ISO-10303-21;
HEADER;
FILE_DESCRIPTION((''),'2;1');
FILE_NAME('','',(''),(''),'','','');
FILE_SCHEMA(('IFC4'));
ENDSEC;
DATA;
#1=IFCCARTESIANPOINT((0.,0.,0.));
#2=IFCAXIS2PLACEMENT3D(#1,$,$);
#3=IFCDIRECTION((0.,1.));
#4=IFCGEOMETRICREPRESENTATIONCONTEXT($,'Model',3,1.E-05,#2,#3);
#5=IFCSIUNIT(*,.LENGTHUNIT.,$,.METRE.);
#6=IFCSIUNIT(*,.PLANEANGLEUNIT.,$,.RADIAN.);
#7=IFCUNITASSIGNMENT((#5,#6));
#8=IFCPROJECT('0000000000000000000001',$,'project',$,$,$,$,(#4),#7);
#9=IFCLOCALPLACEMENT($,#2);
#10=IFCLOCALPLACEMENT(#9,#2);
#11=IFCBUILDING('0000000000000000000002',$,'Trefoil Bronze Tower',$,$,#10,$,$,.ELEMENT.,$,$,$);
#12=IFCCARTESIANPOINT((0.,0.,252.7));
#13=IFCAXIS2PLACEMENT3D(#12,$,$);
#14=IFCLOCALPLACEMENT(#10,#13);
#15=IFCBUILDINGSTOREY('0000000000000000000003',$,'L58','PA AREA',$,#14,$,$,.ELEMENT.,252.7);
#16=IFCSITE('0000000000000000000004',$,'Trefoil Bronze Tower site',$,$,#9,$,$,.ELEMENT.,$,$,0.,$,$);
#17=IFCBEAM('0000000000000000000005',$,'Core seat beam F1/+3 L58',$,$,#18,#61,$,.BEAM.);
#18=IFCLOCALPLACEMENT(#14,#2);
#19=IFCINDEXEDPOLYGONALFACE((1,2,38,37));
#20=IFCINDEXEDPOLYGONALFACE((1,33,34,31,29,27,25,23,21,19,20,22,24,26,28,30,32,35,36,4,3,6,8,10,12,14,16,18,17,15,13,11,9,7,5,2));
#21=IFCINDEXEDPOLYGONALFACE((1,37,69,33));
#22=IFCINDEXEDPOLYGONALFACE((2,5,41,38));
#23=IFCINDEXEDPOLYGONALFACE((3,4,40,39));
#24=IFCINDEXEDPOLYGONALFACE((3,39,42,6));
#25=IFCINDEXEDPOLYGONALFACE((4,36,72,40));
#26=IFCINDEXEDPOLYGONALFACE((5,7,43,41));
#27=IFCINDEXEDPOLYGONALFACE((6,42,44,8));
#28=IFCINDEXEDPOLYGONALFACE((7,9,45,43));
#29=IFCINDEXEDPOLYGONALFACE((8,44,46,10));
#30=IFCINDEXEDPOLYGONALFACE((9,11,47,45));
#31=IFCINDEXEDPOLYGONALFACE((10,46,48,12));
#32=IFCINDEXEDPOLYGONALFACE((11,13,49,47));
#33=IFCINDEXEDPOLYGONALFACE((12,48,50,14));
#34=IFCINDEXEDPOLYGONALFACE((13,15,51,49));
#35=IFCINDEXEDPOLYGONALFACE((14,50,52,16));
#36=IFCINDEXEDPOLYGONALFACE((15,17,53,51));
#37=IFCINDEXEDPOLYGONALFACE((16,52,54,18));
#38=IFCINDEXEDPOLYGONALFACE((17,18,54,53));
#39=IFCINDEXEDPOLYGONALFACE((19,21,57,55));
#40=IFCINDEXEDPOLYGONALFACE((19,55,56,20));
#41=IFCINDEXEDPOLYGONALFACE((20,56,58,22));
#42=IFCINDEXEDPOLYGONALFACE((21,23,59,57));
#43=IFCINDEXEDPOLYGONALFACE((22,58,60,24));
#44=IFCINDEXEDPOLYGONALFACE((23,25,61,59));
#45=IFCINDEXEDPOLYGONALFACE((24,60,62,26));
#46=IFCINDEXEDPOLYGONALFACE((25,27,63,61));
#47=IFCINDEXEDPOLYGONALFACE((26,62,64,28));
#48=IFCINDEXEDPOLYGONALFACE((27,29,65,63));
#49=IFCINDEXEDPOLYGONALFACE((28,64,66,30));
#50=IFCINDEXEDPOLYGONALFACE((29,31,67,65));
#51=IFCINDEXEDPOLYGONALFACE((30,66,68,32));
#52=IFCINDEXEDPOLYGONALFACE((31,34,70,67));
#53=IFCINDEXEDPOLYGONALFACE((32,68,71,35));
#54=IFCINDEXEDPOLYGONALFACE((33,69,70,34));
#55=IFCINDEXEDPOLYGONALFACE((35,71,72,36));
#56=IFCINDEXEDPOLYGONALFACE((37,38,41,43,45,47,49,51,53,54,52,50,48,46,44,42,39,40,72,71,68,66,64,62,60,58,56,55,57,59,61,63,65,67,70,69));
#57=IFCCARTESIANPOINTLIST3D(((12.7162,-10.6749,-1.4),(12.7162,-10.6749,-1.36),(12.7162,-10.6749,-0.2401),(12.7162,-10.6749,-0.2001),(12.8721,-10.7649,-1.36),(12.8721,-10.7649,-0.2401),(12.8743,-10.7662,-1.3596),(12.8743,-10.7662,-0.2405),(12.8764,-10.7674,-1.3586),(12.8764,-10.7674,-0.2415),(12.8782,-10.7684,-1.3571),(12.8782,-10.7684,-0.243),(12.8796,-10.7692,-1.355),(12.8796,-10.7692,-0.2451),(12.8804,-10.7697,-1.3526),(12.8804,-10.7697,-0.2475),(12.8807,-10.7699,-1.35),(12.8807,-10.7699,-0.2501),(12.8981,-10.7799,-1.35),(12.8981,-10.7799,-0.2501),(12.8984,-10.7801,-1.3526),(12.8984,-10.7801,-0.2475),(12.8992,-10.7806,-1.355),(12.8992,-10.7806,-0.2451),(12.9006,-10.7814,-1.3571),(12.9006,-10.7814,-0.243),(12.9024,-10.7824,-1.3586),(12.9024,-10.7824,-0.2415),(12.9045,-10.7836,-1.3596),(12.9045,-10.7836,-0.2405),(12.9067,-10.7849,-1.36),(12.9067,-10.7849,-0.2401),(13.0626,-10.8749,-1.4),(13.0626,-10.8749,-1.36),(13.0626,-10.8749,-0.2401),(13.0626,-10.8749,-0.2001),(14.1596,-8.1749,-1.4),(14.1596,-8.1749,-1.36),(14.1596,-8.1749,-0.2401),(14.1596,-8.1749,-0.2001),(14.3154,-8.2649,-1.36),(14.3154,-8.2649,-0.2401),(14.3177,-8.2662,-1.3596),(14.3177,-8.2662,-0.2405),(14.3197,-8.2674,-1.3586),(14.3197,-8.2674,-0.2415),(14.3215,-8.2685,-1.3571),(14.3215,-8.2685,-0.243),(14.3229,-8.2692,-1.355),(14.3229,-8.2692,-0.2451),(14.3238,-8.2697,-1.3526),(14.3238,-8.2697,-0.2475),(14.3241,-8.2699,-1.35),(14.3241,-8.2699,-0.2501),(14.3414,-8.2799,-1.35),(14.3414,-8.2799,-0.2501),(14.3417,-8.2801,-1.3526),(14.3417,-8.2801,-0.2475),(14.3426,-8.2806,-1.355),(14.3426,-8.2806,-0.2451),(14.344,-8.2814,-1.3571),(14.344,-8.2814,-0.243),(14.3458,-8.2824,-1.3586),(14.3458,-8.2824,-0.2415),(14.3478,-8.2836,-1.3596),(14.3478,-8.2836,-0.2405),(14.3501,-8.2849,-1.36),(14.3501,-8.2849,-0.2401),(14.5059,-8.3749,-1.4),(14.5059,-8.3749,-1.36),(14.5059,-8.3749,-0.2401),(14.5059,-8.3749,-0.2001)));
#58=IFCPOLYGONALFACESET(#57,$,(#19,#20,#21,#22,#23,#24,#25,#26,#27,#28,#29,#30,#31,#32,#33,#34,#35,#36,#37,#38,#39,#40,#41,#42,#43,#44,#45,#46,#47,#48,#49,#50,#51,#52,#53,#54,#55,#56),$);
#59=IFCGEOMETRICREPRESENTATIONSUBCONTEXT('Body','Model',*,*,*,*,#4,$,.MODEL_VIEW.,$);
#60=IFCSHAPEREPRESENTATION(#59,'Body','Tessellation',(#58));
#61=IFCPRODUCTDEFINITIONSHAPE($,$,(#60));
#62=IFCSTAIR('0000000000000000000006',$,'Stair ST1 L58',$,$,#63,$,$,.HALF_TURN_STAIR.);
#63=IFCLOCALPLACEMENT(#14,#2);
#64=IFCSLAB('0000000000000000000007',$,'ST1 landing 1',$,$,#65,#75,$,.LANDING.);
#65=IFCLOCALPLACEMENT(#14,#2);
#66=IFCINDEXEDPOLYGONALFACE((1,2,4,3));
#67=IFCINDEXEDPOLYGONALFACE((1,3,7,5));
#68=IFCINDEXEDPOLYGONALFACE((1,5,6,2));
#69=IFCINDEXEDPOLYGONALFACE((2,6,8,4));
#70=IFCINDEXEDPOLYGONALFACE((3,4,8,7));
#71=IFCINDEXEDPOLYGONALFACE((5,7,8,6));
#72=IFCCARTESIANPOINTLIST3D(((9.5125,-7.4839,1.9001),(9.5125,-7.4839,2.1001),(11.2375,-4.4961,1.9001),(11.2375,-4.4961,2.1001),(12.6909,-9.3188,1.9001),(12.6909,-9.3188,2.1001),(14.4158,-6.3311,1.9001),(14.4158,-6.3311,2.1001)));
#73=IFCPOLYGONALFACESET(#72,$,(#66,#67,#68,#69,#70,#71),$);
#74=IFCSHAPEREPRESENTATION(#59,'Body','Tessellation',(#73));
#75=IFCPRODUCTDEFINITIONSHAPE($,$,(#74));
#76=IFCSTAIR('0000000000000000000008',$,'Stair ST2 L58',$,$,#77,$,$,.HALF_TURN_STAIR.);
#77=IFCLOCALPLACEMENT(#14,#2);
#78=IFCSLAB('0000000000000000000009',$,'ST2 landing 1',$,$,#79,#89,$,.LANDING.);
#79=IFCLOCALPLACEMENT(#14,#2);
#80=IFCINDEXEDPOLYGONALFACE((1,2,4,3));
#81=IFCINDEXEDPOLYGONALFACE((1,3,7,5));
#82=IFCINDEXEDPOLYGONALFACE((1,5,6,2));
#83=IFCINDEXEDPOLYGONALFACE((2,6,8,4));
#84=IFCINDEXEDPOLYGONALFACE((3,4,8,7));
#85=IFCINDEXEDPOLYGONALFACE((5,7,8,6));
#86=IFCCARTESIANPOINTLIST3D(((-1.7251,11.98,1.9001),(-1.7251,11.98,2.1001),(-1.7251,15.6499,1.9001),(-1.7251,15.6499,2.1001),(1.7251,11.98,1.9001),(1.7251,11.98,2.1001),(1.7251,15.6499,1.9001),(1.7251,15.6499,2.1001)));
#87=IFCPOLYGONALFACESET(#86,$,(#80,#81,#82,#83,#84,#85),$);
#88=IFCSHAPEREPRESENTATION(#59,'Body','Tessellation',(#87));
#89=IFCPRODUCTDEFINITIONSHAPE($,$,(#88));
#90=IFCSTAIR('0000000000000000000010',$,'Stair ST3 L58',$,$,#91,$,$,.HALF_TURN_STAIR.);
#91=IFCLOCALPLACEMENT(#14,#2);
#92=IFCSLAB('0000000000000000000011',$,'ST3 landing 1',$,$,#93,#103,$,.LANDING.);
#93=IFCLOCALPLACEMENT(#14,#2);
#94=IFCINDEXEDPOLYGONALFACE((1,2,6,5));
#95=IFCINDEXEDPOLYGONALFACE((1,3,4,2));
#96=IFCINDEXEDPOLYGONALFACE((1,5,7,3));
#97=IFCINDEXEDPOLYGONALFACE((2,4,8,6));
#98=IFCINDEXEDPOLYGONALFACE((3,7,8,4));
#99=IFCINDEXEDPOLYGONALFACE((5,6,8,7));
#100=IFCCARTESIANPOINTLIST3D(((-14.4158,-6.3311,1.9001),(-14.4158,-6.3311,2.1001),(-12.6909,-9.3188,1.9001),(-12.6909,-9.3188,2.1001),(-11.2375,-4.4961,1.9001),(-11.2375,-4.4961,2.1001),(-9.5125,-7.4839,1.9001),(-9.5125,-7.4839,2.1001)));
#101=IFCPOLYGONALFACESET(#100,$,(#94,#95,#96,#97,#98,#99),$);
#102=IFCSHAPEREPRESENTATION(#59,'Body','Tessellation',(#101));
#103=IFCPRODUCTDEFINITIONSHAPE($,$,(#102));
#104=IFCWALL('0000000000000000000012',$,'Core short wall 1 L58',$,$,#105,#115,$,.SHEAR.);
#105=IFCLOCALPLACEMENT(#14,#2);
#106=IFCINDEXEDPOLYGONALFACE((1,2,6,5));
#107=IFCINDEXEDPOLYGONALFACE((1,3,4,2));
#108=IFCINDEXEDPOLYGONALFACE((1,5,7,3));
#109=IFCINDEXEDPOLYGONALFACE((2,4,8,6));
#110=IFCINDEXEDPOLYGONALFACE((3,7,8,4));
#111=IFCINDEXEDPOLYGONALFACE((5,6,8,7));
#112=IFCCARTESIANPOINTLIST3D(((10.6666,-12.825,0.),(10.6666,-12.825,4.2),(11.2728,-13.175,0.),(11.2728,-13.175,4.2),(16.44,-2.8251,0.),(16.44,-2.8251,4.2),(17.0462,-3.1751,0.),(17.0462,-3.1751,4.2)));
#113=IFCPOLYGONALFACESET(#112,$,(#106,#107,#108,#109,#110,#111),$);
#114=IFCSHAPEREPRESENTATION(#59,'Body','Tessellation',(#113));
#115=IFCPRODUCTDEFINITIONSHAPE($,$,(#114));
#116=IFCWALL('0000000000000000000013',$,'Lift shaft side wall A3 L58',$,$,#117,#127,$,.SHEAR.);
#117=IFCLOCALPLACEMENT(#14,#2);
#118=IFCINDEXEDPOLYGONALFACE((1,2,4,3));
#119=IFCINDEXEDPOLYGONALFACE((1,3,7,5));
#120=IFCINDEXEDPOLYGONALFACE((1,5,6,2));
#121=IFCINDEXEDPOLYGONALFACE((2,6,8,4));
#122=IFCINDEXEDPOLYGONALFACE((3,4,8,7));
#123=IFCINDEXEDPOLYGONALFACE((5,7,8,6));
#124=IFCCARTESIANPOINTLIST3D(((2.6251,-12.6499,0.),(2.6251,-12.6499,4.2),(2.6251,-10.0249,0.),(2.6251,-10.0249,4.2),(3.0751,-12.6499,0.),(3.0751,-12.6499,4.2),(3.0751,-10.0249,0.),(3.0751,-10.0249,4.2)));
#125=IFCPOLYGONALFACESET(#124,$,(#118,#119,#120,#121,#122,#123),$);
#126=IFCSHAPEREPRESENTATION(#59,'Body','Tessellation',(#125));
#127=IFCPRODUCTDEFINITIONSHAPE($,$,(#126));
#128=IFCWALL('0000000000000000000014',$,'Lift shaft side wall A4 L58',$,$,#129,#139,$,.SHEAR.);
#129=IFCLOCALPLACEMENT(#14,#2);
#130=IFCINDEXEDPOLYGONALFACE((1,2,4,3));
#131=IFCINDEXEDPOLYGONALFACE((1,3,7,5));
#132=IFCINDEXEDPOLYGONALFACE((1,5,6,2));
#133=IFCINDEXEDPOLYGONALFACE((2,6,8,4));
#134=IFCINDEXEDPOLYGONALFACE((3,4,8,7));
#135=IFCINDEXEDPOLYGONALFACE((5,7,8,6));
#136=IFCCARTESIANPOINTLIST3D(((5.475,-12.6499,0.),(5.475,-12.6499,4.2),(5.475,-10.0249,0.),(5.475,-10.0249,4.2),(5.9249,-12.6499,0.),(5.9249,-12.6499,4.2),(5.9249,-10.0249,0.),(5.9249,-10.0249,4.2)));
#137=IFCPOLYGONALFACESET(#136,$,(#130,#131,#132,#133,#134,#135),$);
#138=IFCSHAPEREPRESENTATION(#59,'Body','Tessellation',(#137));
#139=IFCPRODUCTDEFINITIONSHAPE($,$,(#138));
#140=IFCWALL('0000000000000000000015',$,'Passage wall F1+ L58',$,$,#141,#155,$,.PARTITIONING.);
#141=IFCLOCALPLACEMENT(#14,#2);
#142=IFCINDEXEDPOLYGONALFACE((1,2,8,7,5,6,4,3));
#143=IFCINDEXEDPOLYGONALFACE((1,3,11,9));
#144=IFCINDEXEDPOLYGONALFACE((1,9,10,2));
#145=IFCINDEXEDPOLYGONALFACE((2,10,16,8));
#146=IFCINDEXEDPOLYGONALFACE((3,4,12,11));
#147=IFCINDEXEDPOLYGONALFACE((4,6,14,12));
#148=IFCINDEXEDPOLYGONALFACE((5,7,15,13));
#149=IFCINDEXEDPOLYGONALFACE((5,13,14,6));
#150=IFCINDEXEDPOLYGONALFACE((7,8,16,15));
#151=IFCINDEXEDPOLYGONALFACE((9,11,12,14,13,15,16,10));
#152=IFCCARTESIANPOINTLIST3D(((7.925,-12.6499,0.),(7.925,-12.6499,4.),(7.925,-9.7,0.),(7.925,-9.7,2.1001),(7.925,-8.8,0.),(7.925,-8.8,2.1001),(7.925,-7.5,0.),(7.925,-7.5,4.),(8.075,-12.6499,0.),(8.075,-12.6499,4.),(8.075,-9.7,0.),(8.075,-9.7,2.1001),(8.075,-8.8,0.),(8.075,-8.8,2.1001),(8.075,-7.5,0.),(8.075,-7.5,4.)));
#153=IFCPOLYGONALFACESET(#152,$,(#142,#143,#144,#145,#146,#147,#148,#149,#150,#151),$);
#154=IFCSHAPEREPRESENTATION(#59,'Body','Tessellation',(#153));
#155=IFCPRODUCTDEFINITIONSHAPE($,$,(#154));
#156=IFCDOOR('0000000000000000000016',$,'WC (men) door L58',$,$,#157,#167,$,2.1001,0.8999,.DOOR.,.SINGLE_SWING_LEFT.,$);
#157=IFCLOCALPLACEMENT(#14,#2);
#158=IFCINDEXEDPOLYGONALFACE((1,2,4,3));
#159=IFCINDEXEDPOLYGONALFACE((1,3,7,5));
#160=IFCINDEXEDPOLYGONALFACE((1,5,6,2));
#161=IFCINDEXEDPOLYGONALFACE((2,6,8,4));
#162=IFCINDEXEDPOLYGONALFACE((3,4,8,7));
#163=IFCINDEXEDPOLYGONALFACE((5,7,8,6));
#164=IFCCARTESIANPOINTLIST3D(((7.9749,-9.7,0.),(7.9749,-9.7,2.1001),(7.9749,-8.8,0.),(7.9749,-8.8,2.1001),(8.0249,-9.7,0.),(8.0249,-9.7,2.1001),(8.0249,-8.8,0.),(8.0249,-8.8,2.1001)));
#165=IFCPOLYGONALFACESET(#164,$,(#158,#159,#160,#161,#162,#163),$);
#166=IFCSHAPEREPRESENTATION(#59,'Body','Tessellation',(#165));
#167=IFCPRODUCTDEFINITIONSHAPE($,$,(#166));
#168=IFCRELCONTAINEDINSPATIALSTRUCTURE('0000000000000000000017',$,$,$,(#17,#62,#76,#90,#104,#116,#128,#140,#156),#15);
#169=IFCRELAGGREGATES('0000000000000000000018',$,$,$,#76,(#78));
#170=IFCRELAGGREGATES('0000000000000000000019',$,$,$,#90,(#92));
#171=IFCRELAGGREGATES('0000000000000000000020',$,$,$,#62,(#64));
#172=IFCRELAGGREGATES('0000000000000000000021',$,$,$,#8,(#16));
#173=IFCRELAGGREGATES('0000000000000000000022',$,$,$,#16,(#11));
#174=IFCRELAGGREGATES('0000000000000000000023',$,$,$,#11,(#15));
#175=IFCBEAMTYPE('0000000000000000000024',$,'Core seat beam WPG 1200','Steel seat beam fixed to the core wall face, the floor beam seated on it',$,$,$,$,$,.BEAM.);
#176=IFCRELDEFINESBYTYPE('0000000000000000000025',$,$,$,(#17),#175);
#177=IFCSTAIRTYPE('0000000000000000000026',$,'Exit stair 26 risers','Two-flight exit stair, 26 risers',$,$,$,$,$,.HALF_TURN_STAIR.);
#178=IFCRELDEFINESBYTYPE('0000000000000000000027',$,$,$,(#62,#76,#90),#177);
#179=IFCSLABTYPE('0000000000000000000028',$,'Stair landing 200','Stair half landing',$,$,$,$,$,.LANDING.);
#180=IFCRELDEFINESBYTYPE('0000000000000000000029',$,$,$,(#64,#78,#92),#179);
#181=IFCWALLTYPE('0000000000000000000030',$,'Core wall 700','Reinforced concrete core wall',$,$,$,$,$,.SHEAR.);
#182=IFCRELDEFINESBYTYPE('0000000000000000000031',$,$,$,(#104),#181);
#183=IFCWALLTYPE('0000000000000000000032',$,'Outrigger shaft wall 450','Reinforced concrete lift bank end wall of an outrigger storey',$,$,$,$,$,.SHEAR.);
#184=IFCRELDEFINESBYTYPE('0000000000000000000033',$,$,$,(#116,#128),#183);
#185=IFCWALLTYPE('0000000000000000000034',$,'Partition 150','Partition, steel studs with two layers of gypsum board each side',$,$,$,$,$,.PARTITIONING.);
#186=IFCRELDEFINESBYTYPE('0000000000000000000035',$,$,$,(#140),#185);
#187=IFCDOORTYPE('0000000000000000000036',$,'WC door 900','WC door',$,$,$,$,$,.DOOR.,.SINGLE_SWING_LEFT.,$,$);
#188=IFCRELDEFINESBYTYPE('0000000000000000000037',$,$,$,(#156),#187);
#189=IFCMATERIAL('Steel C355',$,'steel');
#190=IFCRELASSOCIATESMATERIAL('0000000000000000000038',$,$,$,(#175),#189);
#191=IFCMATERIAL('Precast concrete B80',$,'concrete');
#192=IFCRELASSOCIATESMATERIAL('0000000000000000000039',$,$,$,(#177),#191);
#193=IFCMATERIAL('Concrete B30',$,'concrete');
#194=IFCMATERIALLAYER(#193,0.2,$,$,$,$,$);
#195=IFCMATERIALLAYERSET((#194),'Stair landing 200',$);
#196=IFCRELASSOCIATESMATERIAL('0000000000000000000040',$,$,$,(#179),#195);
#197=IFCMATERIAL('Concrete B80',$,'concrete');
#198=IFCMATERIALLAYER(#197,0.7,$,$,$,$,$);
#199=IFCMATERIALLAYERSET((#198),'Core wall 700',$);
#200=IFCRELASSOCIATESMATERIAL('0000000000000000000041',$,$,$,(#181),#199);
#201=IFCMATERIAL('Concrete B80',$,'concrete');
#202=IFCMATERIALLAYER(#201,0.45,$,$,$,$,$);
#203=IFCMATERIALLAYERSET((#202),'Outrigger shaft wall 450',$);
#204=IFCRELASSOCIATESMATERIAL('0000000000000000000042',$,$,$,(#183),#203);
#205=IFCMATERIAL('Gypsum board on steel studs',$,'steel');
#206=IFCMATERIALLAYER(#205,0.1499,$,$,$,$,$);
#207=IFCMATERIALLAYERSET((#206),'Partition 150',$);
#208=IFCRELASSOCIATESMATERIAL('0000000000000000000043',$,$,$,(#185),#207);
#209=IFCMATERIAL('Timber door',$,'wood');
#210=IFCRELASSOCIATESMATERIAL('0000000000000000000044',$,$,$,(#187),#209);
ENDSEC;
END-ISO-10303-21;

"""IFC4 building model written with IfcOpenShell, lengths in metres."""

from ifc_helpers import new_model, si_unit, direction, frame, frame_2d, origin, origin_2d, place, context, subcontext, project, spatial, polyline, rectangle, i_section, outline, extrude, material, layer, layer_set, material_profile, profile_set, type_object, element, fill, aggregate, save


model = new_model("IFC4")

# Units and contexts
model_context = context("Model", 3, precision=1e-05, world=origin(), true_north=direction((0.0, 1.0)))
body_context = subcontext(model_context, "Body", "Model", "MODEL_VIEW")
ifc_project = project(units=[si_unit("LENGTHUNIT", "METRE"), si_unit("PLANEANGLEUNIT", "RADIAN")], contexts=[model_context])

# Site, building, storey
site_placement = place(None, origin())
site = spatial("IfcSite", under=ifc_project, at=site_placement, Name="Trefoil Bronze Tower site", CompositionType="ELEMENT", RefElevation=0.0)
building_placement = place(site_placement, origin())
building = spatial("IfcBuilding", under=site, at=building_placement, Name="Trefoil Bronze Tower", CompositionType="ELEMENT")
storey_placement = place(building_placement, frame((0.0, 0.0, 252.7)))
storey = spatial("IfcBuildingStorey", under=building, at=storey_placement, Name="L58", Description="PA AREA", CompositionType="ELEMENT", Elevation=252.7)

# Beam
ifc_material_1 = material(Name="Steel C355", Category="steel")
ifc_material_profile = material_profile(ifc_material_1, i_section(OverallWidth=0.3999, OverallDepth=1.2, WebThickness=0.02, FlangeThickness=0.04, FilletRadius=0.01, at=origin_2d()), Name="WPG 1200")
ifc_profile_set = profile_set([ifc_material_profile], Name="Steel C355")
beam_type = type_object("IfcBeamType", Name="Core seat beam WPG 1200", Description="Steel seat beam fixed to the core wall face, the floor beam seated on it", PredefinedType="BEAM", material=ifc_profile_set)
beam_placement = place(storey_placement, frame((12.8894, -10.7749, -0.8), z_axis=(0.499996, 0.866028, 0.0), x_axis=(-0.866028, 0.499996, 0.0)))
element("IfcBeam", 1, at=beam_placement, inside=storey, type_object=beam_type, Name="Core seat beam F1/+3 L58", PredefinedType="BEAM", context=body_context, shape_type="SweptSolid", body=[
    extrude(i_section(OverallWidth=0.3999, OverallDepth=1.2, WebThickness=0.02, FlangeThickness=0.04, FilletRadius=0.01, at=origin_2d()), origin(), (0.0, 0.0, 1.0), 2.8867),
])

# Stairs, slabs
ifc_material_2 = material(Name="Precast concrete B80", Category="concrete")
stair_type = type_object("IfcStairType", Name="Exit stair 26 risers", Description="Two-flight exit stair, 26 risers", PredefinedType="HALF_TURN_STAIR", material=ifc_material_2)
stair_1_placement = place(storey_placement, origin())
stair_1 = element("IfcStair", 2, at=stair_1_placement, inside=storey, type_object=stair_type, Name="Stair ST1 L58", PredefinedType="HALF_TURN_STAIR")
ifc_material_3 = material(Name="Concrete B30", Category="concrete")
ifc_layer_1 = layer(ifc_material_3, 0.2)
ifc_layer_set_1 = layer_set([ifc_layer_1], Name="Stair landing 200")
slab_type = type_object("IfcSlabType", Name="Stair landing 200", Description="Stair half landing", PredefinedType="LANDING", material=ifc_layer_set_1)
slab_1_placement = place(storey_placement, frame((0.0, 0.0, 1.9001)))
slab_1 = element("IfcSlab", 3, at=slab_1_placement, type_object=slab_type, Name="ST1 landing 1", PredefinedType="LANDING", context=body_context, shape_type="SweptSolid", body=[
    extrude(outline(polyline([(9.5125, -7.4839), (12.6909, -9.3188), (14.4158, -6.3311), (11.2375, -4.4961), (9.5125, -7.4839)])), origin(), (0.0, 0.0, 1.0), 0.2),
])
stair_2_placement = place(storey_placement, origin())
stair_2 = element("IfcStair", 4, at=stair_2_placement, inside=storey, type_object=stair_type, Name="Stair ST2 L58", PredefinedType="HALF_TURN_STAIR")
slab_2_placement = place(storey_placement, frame((0.0, 0.0, 1.9001)))
slab_2 = element("IfcSlab", 5, at=slab_2_placement, type_object=slab_type, Name="ST2 landing 1", PredefinedType="LANDING", context=body_context, shape_type="SweptSolid", body=[
    extrude(outline(polyline([(1.7251, 11.98), (1.7251, 15.6499), (-1.7251, 15.6499), (-1.7251, 11.98), (1.7251, 11.98)])), origin(), (0.0, 0.0, 1.0), 0.2),
])
aggregate(stair_2, [slab_2])
stair_3_placement = place(storey_placement, origin())
stair_3 = element("IfcStair", 6, at=stair_3_placement, inside=storey, type_object=stair_type, Name="Stair ST3 L58", PredefinedType="HALF_TURN_STAIR")
slab_3_placement = place(storey_placement, frame((0.0, 0.0, 1.9001)))
slab_3 = element("IfcSlab", 7, at=slab_3_placement, type_object=slab_type, Name="ST3 landing 1", PredefinedType="LANDING", context=body_context, shape_type="SweptSolid", body=[
    extrude(outline(polyline([(-11.2375, -4.4961), (-14.4158, -6.3311), (-12.6909, -9.3188), (-9.5125, -7.4839), (-11.2375, -4.4961)])), origin(), (0.0, 0.0, 1.0), 0.2),
])
aggregate(stair_3, [slab_3])

# Walls
ifc_material_4 = material(Name="Concrete B80", Category="concrete")
ifc_layer_2 = layer(ifc_material_4, 0.7)
ifc_layer_set_2 = layer_set([ifc_layer_2], Name="Core wall 700")
wall_type_1 = type_object("IfcWallType", Name="Core wall 700", Description="Reinforced concrete core wall", PredefinedType="SHEAR", material=ifc_layer_set_2)
wall_1_placement = place(storey_placement, frame((10.9697, -13.0, 0.0), z_axis=(0.0, 0.0, 1.0), x_axis=(0.499996, 0.866028, 0.0)))
element("IfcWall", 8, at=wall_1_placement, inside=storey, type_object=wall_type_1, Name="Core short wall 1 L58", PredefinedType="SHEAR", context=body_context, shape_type="SweptSolid", body=[
    extrude(rectangle(XDim=11.5469, YDim=0.7, at=frame_2d((5.7734, 0.0))), origin(), (0.0, 0.0, 1.0), 4.2),
])
ifc_material_5 = material(Name="Concrete B80", Category="concrete")
ifc_layer_3 = layer(ifc_material_5, 0.45)
ifc_layer_set_3 = layer_set([ifc_layer_3], Name="Outrigger shaft wall 450")
wall_type_2 = type_object("IfcWallType", Name="Outrigger shaft wall 450", Description="Reinforced concrete lift bank end wall of an outrigger storey", PredefinedType="SHEAR", material=ifc_layer_set_3)
for number, where, z_axis, x_axis, name in (
    (9, (2.8501, -10.0249, 0.0), (0.0, 0.0, 1.0), (0.0, -1.0, 0.0), "Lift shaft side wall A3 L58"),
    (10, (5.7, -10.0249, 0.0), (0.0, 0.0, 1.0), (0.0, -1.0, 0.0), "Lift shaft side wall A4 L58"),
):
    element("IfcWall", number, at=place(storey_placement, frame(where, z_axis=z_axis, x_axis=x_axis)), inside=storey, type_object=wall_type_2, Name=name, PredefinedType="SHEAR", context=body_context, shape_type="SweptSolid", body=[
        extrude(rectangle(XDim=2.625, YDim=0.45, at=frame_2d((1.3125, 0.0))), origin(), (0.0, 0.0, 1.0), 4.2),
    ])

# Wall, opening, door
ifc_material_6 = material(Name="Gypsum board on steel studs", Category="steel")
ifc_layer_4 = layer(ifc_material_6, 0.1499)
ifc_layer_set_4 = layer_set([ifc_layer_4], Name="Partition 150")
wall_type_3 = type_object("IfcWallType", Name="Partition 150", Description="Partition, steel studs with two layers of gypsum board each side", PredefinedType="PARTITIONING", material=ifc_layer_set_4)
wall_2_placement = place(storey_placement, frame((8.0, -7.5, 0.0), z_axis=(0.0, 0.0, 1.0), x_axis=(0.0, -1.0, 0.0)))
wall_2 = element("IfcWall", 11, at=wall_2_placement, inside=storey, type_object=wall_type_3, Name="Passage wall F1+ L58", PredefinedType="PARTITIONING", context=body_context, shape_type="SweptSolid", body=[
    extrude(rectangle(XDim=5.1499, YDim=0.1499, at=frame_2d((2.575, 0.0))), origin(), (0.0, 0.0, 1.0), 4.0),
])
opening_1_placement = place(wall_2_placement, frame((1.3, 0.0, 0.0)))
opening_1 = element("IfcOpeningElement", 12, at=opening_1_placement, cuts=wall_2, PredefinedType="OPENING", context=body_context, shape_type="SweptSolid", body=[
    extrude(rectangle(XDim=0.8999, YDim=2.1001, at=frame_2d((0.45, 1.05))), frame((0.0, 0.085, 0.0), z_axis=(0.0, -1.0, 0.0), x_axis=(1.0, 0.0, 0.0)), (0.0, 0.0, 1.0), 0.1699),
])
ifc_material_7 = material(Name="Timber door", Category="wood")
door_type_1 = type_object("IfcDoorType", Name="WC door 900", Description="WC door", OperationType="SINGLE_SWING_LEFT", PredefinedType="DOOR", material=ifc_material_7)
door_1_placement = place(opening_1_placement, origin())
door_1 = element("IfcDoor", 13, at=door_1_placement, inside=storey, type_object=door_type_1, Name="WC (men) door L58", OperationType="SINGLE_SWING_LEFT", OverallHeight=2.1001, OverallWidth=0.8999, PredefinedType="DOOR", context=body_context, shape_type="SweptSolid", body=[
    extrude(rectangle(XDim=0.8999, YDim=2.1001, at=frame_2d((0.45, 1.05))), frame((0.0, 0.0249, 0.0), z_axis=(0.0, -1.0, 0.0), x_axis=(1.0, 0.0, 0.0)), (0.0, 0.0, 1.0), 0.05),
])
fill(opening_1, door_1)

aggregate(stair_1, [slab_1])

save(model, "model.ifc")
